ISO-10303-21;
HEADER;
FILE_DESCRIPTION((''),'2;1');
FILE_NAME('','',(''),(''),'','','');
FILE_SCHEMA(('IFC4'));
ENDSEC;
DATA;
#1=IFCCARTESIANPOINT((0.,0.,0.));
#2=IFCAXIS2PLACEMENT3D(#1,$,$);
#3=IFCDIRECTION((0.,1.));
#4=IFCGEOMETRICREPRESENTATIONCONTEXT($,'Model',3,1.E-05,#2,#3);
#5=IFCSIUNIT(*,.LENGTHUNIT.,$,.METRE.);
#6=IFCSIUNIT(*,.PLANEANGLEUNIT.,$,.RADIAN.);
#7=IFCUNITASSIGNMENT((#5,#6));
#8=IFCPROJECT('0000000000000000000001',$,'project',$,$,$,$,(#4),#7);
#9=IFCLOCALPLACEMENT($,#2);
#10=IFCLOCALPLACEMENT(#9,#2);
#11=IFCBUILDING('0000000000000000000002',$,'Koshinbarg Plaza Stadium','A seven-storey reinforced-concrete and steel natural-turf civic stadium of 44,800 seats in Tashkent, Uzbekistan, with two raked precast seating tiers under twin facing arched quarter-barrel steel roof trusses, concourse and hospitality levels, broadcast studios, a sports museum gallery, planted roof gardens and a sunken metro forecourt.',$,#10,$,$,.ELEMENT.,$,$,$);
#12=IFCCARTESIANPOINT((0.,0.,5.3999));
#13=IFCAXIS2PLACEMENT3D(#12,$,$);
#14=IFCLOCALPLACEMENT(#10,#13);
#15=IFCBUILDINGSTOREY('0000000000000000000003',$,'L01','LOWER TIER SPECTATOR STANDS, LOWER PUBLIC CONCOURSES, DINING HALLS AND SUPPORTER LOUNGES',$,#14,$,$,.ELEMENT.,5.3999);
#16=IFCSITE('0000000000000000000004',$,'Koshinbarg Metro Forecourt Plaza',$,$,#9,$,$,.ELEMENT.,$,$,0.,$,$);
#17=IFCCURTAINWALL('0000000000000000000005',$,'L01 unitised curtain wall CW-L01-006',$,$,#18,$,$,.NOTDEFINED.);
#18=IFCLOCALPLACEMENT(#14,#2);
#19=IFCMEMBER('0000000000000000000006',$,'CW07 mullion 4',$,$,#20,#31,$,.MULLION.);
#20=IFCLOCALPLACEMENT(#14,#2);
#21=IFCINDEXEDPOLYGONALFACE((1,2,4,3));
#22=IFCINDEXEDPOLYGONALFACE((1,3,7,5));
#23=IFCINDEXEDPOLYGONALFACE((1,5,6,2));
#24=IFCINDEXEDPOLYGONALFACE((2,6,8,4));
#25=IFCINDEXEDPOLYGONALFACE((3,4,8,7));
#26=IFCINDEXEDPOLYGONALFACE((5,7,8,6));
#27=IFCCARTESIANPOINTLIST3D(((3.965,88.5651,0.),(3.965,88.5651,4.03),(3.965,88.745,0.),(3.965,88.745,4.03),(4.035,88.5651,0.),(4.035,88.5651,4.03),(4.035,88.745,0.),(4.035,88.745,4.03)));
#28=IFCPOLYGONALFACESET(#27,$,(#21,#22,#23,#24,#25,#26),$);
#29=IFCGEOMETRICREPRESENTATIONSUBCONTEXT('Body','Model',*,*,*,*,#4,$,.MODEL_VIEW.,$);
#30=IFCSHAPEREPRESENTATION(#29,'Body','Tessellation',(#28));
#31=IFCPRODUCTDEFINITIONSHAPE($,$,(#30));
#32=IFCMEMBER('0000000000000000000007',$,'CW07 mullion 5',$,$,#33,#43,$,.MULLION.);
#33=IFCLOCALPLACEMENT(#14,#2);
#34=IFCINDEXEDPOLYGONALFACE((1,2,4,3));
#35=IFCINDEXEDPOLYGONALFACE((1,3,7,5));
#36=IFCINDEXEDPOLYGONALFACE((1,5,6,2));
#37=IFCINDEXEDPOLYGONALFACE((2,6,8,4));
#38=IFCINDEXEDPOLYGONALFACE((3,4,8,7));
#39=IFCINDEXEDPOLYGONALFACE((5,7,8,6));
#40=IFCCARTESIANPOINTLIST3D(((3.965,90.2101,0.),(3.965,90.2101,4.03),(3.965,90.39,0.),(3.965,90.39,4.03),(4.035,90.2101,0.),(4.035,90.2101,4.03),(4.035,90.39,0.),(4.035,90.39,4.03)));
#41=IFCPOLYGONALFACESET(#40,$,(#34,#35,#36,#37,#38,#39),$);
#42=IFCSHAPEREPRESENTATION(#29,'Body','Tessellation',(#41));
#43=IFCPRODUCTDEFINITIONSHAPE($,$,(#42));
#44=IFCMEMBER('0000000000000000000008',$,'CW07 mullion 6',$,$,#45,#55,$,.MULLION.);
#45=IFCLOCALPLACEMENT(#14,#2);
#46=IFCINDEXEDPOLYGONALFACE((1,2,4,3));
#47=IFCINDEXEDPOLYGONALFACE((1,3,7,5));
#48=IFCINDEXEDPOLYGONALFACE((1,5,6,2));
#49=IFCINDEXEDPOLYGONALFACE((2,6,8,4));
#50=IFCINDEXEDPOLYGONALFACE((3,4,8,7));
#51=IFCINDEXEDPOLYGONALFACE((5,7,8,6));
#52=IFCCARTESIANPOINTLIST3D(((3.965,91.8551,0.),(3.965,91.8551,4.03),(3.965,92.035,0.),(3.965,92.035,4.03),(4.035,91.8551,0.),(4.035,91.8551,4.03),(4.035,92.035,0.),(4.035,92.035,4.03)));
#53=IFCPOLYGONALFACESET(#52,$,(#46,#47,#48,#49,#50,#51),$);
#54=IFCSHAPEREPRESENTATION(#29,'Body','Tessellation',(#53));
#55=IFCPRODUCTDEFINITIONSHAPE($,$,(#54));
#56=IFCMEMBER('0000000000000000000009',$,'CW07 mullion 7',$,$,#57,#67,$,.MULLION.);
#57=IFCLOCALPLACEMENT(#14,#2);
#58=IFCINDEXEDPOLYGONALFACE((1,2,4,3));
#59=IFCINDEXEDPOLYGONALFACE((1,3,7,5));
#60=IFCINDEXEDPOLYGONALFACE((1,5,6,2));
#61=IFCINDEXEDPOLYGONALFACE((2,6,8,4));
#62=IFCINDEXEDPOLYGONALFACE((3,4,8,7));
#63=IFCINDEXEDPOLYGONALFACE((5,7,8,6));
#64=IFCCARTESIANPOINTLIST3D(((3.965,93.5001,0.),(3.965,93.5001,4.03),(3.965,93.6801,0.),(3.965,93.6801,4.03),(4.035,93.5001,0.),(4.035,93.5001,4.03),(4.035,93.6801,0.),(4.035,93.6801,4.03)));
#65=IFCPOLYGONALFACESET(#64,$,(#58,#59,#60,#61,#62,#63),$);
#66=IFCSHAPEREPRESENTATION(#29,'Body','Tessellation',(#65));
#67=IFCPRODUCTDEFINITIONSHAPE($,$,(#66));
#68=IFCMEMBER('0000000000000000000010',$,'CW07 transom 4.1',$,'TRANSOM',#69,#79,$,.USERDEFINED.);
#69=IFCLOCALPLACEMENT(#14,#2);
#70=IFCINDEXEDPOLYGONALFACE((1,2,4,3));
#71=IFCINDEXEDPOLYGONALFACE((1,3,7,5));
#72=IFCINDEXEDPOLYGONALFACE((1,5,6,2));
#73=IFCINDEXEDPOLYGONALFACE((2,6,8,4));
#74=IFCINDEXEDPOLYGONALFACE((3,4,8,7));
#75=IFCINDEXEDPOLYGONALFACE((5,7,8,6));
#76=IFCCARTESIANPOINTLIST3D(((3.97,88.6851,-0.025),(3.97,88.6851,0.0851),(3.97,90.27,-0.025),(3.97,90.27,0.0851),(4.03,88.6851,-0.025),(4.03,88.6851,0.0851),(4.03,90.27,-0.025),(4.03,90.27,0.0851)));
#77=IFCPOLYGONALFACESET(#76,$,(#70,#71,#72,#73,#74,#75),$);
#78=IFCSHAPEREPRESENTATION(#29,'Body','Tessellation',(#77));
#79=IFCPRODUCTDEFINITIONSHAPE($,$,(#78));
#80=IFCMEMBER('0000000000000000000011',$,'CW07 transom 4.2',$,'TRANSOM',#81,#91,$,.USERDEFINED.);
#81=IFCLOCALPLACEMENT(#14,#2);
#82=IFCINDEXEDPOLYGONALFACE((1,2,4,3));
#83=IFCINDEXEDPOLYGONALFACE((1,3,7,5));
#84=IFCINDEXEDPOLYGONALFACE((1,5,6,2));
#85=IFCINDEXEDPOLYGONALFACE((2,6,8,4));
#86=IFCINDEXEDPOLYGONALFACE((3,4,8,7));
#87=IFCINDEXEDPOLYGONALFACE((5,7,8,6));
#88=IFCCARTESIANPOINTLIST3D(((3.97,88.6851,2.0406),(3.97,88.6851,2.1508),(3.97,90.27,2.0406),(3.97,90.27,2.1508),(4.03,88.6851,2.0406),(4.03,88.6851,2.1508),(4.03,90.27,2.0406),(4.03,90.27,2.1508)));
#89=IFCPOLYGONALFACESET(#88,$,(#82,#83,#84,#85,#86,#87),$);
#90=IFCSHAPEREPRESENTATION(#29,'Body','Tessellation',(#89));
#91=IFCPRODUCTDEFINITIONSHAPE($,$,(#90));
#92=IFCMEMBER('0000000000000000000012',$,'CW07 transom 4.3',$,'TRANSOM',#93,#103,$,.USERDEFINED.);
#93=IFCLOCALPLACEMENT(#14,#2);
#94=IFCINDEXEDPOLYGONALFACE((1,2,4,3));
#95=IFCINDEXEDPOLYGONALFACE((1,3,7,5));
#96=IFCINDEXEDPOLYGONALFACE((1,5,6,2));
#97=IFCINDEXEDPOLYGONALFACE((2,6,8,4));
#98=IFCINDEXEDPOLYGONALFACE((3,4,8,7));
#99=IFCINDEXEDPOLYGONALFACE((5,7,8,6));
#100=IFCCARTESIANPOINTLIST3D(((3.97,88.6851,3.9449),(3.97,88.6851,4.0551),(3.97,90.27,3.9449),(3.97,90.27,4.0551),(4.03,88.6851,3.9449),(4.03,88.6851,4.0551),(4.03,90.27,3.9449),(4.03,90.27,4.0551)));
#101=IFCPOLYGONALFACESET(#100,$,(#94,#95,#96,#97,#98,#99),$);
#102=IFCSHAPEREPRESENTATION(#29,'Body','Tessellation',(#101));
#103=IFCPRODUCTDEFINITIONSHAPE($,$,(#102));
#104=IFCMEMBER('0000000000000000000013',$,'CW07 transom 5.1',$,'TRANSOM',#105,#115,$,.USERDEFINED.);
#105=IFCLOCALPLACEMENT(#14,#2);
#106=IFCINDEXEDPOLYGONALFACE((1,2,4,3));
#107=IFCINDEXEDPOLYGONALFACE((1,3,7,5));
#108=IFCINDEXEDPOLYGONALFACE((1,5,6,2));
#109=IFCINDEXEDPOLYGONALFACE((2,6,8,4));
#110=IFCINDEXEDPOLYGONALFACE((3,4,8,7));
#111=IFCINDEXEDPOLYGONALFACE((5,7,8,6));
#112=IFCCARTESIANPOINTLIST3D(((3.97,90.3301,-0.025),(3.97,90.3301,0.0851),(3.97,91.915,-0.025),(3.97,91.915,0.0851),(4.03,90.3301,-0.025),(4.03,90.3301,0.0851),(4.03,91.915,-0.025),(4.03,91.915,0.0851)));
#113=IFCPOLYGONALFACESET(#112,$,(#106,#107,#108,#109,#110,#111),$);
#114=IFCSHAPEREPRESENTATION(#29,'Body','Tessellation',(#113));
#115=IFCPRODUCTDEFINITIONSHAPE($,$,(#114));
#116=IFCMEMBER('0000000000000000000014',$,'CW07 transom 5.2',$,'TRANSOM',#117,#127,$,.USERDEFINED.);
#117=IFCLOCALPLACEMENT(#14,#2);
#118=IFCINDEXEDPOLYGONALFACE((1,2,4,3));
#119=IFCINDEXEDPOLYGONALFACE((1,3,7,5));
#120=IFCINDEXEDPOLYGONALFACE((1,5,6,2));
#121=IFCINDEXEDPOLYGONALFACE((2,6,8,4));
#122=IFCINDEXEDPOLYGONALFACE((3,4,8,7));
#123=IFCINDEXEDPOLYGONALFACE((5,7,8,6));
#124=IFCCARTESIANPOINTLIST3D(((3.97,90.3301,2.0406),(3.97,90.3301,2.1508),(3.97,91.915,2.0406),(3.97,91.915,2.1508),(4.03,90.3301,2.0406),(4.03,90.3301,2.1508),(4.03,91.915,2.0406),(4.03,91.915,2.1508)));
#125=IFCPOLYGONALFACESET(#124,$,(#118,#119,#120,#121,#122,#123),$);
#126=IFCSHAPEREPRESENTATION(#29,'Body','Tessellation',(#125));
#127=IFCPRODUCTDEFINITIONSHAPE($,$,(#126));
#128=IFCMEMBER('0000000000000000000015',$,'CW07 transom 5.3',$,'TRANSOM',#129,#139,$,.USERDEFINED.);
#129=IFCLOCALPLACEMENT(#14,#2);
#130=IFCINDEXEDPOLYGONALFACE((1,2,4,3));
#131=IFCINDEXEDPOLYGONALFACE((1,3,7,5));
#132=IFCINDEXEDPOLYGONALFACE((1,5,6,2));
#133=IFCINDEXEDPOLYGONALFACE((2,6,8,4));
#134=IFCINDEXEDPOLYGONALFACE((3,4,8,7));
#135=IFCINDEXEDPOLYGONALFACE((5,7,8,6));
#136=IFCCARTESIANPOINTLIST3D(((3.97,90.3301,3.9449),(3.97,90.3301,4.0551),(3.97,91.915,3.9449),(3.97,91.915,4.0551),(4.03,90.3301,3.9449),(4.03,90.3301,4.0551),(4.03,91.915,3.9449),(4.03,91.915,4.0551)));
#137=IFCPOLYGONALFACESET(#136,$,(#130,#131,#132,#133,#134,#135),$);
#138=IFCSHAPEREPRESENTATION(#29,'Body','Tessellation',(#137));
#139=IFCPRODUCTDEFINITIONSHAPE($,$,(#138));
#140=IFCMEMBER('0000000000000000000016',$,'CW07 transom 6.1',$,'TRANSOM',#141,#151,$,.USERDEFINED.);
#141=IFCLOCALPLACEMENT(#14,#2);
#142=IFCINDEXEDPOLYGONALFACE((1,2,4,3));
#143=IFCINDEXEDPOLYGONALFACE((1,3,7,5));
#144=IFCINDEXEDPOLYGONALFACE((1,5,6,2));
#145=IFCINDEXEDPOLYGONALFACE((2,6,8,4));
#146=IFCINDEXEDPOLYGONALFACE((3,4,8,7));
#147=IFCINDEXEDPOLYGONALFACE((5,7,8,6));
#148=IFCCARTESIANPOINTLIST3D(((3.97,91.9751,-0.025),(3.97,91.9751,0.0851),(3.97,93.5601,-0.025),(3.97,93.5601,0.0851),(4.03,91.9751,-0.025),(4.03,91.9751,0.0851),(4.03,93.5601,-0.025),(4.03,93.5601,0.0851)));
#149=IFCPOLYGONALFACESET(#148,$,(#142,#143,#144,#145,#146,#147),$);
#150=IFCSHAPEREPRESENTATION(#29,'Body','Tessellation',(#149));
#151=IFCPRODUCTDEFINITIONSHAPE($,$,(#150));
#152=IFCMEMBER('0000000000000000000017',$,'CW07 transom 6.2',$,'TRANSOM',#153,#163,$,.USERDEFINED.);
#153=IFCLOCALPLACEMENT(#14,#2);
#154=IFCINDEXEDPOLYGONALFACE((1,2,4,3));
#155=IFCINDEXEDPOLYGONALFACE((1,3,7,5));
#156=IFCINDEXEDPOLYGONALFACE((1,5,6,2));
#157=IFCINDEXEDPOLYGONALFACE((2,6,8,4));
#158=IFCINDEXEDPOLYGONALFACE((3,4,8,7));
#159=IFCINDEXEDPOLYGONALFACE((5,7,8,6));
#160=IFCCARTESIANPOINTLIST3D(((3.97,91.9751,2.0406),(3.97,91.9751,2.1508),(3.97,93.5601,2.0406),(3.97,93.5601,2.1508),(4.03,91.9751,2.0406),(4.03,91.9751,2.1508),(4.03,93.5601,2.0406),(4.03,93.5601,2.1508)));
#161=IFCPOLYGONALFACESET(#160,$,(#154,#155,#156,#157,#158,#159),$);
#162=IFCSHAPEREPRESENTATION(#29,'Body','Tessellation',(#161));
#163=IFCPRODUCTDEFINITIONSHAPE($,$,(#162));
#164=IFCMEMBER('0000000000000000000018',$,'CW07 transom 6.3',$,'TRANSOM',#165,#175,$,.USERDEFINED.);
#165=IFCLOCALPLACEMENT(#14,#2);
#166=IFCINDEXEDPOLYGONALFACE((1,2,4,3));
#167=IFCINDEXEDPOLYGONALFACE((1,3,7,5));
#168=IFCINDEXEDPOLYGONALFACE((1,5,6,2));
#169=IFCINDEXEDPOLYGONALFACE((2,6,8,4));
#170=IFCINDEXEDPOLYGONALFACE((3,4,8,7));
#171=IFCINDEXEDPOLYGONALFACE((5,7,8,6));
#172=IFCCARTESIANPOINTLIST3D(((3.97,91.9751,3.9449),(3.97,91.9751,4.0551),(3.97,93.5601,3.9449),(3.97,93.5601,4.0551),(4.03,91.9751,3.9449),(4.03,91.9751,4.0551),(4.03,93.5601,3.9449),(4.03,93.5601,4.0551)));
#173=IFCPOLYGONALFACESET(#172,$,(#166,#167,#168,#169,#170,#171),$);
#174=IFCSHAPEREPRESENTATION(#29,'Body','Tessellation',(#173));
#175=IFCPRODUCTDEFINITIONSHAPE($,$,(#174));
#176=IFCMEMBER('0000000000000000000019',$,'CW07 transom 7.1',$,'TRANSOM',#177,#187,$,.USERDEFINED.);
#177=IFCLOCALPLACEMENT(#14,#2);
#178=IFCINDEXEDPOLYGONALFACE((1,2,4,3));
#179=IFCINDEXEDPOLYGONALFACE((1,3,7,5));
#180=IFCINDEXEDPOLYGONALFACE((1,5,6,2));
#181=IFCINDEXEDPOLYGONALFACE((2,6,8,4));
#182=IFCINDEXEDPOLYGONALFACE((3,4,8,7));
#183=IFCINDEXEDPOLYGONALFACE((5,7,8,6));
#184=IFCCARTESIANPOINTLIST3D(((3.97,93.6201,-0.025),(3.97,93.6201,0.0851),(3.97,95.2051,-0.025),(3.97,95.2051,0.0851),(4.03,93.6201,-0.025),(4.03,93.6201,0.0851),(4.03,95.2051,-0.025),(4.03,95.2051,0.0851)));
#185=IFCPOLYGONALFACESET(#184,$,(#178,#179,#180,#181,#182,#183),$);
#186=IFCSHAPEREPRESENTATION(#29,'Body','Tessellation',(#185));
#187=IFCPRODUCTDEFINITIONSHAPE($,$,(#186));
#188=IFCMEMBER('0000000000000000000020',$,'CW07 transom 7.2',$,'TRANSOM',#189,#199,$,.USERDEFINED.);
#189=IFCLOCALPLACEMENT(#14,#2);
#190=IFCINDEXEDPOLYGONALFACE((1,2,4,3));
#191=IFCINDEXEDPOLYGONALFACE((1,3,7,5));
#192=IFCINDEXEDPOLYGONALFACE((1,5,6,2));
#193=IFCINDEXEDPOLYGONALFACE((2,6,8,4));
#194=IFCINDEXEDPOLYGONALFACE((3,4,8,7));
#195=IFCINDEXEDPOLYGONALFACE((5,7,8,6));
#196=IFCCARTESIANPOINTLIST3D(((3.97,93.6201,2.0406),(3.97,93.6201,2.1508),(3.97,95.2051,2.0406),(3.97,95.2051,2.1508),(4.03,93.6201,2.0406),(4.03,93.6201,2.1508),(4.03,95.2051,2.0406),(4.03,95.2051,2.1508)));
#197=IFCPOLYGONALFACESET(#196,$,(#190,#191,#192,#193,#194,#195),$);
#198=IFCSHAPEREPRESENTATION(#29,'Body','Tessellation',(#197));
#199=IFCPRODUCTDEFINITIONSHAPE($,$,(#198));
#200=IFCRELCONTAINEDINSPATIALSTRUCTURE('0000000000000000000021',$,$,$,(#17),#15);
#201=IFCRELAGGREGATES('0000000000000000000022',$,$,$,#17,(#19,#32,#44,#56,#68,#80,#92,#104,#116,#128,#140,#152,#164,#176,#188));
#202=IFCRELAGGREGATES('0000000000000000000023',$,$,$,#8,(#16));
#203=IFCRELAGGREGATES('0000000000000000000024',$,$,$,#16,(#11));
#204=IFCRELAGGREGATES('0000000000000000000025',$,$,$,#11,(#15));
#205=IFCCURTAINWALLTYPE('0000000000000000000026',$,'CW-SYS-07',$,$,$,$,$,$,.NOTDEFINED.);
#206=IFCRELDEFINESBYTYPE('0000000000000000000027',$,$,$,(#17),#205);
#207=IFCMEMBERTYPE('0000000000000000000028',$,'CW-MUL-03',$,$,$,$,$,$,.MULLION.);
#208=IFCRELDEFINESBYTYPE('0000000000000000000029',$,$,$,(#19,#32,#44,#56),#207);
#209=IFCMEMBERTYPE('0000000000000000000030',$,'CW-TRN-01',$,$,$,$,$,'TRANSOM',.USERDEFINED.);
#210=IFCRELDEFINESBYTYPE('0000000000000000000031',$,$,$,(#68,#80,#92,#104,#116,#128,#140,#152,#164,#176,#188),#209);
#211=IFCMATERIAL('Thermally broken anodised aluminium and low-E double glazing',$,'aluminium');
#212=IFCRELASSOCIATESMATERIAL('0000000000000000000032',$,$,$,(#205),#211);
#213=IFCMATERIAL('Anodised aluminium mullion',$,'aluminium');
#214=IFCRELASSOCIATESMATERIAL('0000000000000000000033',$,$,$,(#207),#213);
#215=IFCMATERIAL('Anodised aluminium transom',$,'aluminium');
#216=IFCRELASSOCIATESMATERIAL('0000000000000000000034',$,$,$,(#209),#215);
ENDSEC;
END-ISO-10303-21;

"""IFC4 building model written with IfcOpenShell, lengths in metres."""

from ifc_helpers import new_model, si_unit, direction, frame, origin, origin_2d, place, context, subcontext, project, spatial, rectangle, extrude, material, material_profile, profile_set, type_object, element, aggregate, save


model = new_model("IFC4")

# Units and contexts
model_context = context("Model", 3, precision=1e-05, world=origin(), true_north=direction((0.0, 1.0)))
body_context = subcontext(model_context, "Body", "Model", "MODEL_VIEW")
ifc_project = project(units=[si_unit("LENGTHUNIT", "METRE"), si_unit("PLANEANGLEUNIT", "RADIAN")], contexts=[model_context])

# Site, building, storey
site_placement = place(None, origin())
site = spatial("IfcSite", under=ifc_project, at=site_placement, Name="Koshinbarg Metro Forecourt Plaza", CompositionType="ELEMENT", RefElevation=0.0)
building_placement = place(site_placement, origin())
building = spatial("IfcBuilding", under=site, at=building_placement, Name="Koshinbarg Plaza Stadium", Description="A seven-storey reinforced-concrete and steel natural-turf civic stadium of 44,800 seats in Tashkent, Uzbekistan, with two raked precast seating tiers under twin facing arched quarter-barrel steel roof trusses, concourse and hospitality levels, broadcast studios, a sports museum gallery, planted roof gardens and a sunken metro forecourt.", CompositionType="ELEMENT")
storey_placement = place(building_placement, frame((0.0, 0.0, 5.3999)))
storey = spatial("IfcBuildingStorey", under=building, at=storey_placement, Name="L01", Description="LOWER TIER SPECTATOR STANDS, LOWER PUBLIC CONCOURSES, DINING HALLS AND SUPPORTER LOUNGES", CompositionType="ELEMENT", Elevation=5.3999)

# Curtain wall, members
ifc_material_1 = material(Name="Thermally broken anodised aluminium and low-E double glazing", Category="aluminium")
curtain_wall_type = type_object("IfcCurtainWallType", Name="CW-SYS-07", PredefinedType="NOTDEFINED", material=ifc_material_1)
curtain_wall_placement = place(storey_placement, origin())
curtain_wall = element("IfcCurtainWall", 1, at=curtain_wall_placement, inside=storey, type_object=curtain_wall_type, Name="L01 unitised curtain wall CW-L01-006", PredefinedType="NOTDEFINED")
ifc_material_2 = material(Name="Anodised aluminium mullion", Category="aluminium")
ifc_material_profile_1 = material_profile(ifc_material_2, rectangle(XDim=0.0701, YDim=0.1799, at=origin_2d()), Name="ALU 70x180")
ifc_profile_set_1 = profile_set([ifc_material_profile_1], Name="Anodised aluminium mullion")
member_type_1 = type_object("IfcMemberType", Name="CW-MUL-03", PredefinedType="MULLION", material=ifc_profile_set_1)
member_1_placement = place(storey_placement, frame((4.0, 88.655, 0.0), z_axis=(0.0, 0.0, 1.0), x_axis=(-1.0, 0.0, 0.0)))
member_1 = element("IfcMember", 2, at=member_1_placement, type_object=member_type_1, Name="CW07 mullion 4", PredefinedType="MULLION", context=body_context, shape_type="SweptSolid", body=[
    extrude(rectangle(XDim=0.0701, YDim=0.1799, at=origin_2d()), origin(), (0.0, 0.0, 1.0), 4.03),
])
member_2_placement = place(storey_placement, frame((4.0, 90.3, 0.0), z_axis=(0.0, 0.0, 1.0), x_axis=(-1.0, 0.0, 0.0)))
member_2 = element("IfcMember", 3, at=member_2_placement, type_object=member_type_1, Name="CW07 mullion 5", PredefinedType="MULLION", context=body_context, shape_type="SweptSolid", body=[
    extrude(rectangle(XDim=0.0701, YDim=0.1799, at=origin_2d()), origin(), (0.0, 0.0, 1.0), 4.03),
])
member_3_placement = place(storey_placement, frame((4.0, 91.9451, 0.0), z_axis=(0.0, 0.0, 1.0), x_axis=(-1.0, 0.0, 0.0)))
member_3 = element("IfcMember", 4, at=member_3_placement, type_object=member_type_1, Name="CW07 mullion 6", PredefinedType="MULLION", context=body_context, shape_type="SweptSolid", body=[
    extrude(rectangle(XDim=0.0701, YDim=0.1799, at=origin_2d()), origin(), (0.0, 0.0, 1.0), 4.03),
])
member_4_placement = place(storey_placement, frame((4.0, 93.5901, 0.0), z_axis=(0.0, 0.0, 1.0), x_axis=(-1.0, 0.0, 0.0)))
member_4 = element("IfcMember", 5, at=member_4_placement, type_object=member_type_1, Name="CW07 mullion 7", PredefinedType="MULLION", context=body_context, shape_type="SweptSolid", body=[
    extrude(rectangle(XDim=0.0701, YDim=0.1799, at=origin_2d()), origin(), (0.0, 0.0, 1.0), 4.03),
])
ifc_material_3 = material(Name="Anodised aluminium transom", Category="aluminium")
ifc_material_profile_2 = material_profile(ifc_material_3, rectangle(XDim=0.0601, YDim=0.1101, at=origin_2d()), Name="ALU 60x110")
ifc_profile_set_2 = profile_set([ifc_material_profile_2], Name="Anodised aluminium transom")
member_type_2 = type_object("IfcMemberType", Name="CW-TRN-01", ElementType="TRANSOM", PredefinedType="USERDEFINED", material=ifc_profile_set_2)
member_5_placement = place(storey_placement, frame((4.0, 88.6851, 0.03), z_axis=(0.0, 1.0, 0.0), x_axis=(-1.0, 0.0, 0.0)))
member_5 = element("IfcMember", 6, at=member_5_placement, type_object=member_type_2, Name="CW07 transom 4.1", ObjectType="TRANSOM", PredefinedType="USERDEFINED", context=body_context, shape_type="SweptSolid", body=[
    extrude(rectangle(XDim=0.0601, YDim=0.1101, at=origin_2d()), origin(), (0.0, 0.0, 1.0), 1.585),
])
member_6_placement = place(storey_placement, frame((4.0, 88.6851, 2.0957), z_axis=(0.0, 1.0, 0.0), x_axis=(-1.0, 0.0, 0.0)))
member_6 = element("IfcMember", 7, at=member_6_placement, type_object=member_type_2, Name="CW07 transom 4.2", ObjectType="TRANSOM", PredefinedType="USERDEFINED", context=body_context, shape_type="SweptSolid", body=[
    extrude(rectangle(XDim=0.0601, YDim=0.1101, at=origin_2d()), origin(), (0.0, 0.0, 1.0), 1.585),
])
member_7_placement = place(storey_placement, frame((4.0, 88.6851, 4.0), z_axis=(0.0, 1.0, 0.0), x_axis=(-1.0, 0.0, 0.0)))
member_7 = element("IfcMember", 8, at=member_7_placement, type_object=member_type_2, Name="CW07 transom 4.3", ObjectType="TRANSOM", PredefinedType="USERDEFINED", context=body_context, shape_type="SweptSolid", body=[
    extrude(rectangle(XDim=0.0601, YDim=0.1101, at=origin_2d()), origin(), (0.0, 0.0, 1.0), 1.585),
])
member_8_placement = place(storey_placement, frame((4.0, 90.3301, 0.03), z_axis=(0.0, 1.0, 0.0), x_axis=(-1.0, 0.0, 0.0)))
member_8 = element("IfcMember", 9, at=member_8_placement, type_object=member_type_2, Name="CW07 transom 5.1", ObjectType="TRANSOM", PredefinedType="USERDEFINED", context=body_context, shape_type="SweptSolid", body=[
    extrude(rectangle(XDim=0.0601, YDim=0.1101, at=origin_2d()), origin(), (0.0, 0.0, 1.0), 1.585),
])
member_9_placement = place(storey_placement, frame((4.0, 90.3301, 2.0957), z_axis=(0.0, 1.0, 0.0), x_axis=(-1.0, 0.0, 0.0)))
member_9 = element("IfcMember", 10, at=member_9_placement, type_object=member_type_2, Name="CW07 transom 5.2", ObjectType="TRANSOM", PredefinedType="USERDEFINED", context=body_context, shape_type="SweptSolid", body=[
    extrude(rectangle(XDim=0.0601, YDim=0.1101, at=origin_2d()), origin(), (0.0, 0.0, 1.0), 1.585),
])
member_10_placement = place(storey_placement, frame((4.0, 90.3301, 4.0), z_axis=(0.0, 1.0, 0.0), x_axis=(-1.0, 0.0, 0.0)))
member_10 = element("IfcMember", 11, at=member_10_placement, type_object=member_type_2, Name="CW07 transom 5.3", ObjectType="TRANSOM", PredefinedType="USERDEFINED", context=body_context, shape_type="SweptSolid", body=[
    extrude(rectangle(XDim=0.0601, YDim=0.1101, at=origin_2d()), origin(), (0.0, 0.0, 1.0), 1.585),
])
member_11_placement = place(storey_placement, frame((4.0, 91.9751, 0.03), z_axis=(0.0, 1.0, 0.0), x_axis=(-1.0, 0.0, 0.0)))
member_11 = element("IfcMember", 12, at=member_11_placement, type_object=member_type_2, Name="CW07 transom 6.1", ObjectType="TRANSOM", PredefinedType="USERDEFINED", context=body_context, shape_type="SweptSolid", body=[
    extrude(rectangle(XDim=0.0601, YDim=0.1101, at=origin_2d()), origin(), (0.0, 0.0, 1.0), 1.585),
])
member_12_placement = place(storey_placement, frame((4.0, 91.9751, 2.0957), z_axis=(0.0, 1.0, 0.0), x_axis=(-1.0, 0.0, 0.0)))
member_12 = element("IfcMember", 13, at=member_12_placement, type_object=member_type_2, Name="CW07 transom 6.2", ObjectType="TRANSOM", PredefinedType="USERDEFINED", context=body_context, shape_type="SweptSolid", body=[
    extrude(rectangle(XDim=0.0601, YDim=0.1101, at=origin_2d()), origin(), (0.0, 0.0, 1.0), 1.585),
])
member_13_placement = place(storey_placement, frame((4.0, 91.9751, 4.0), z_axis=(0.0, 1.0, 0.0), x_axis=(-1.0, 0.0, 0.0)))
member_13 = element("IfcMember", 14, at=member_13_placement, type_object=member_type_2, Name="CW07 transom 6.3", ObjectType="TRANSOM", PredefinedType="USERDEFINED", context=body_context, shape_type="SweptSolid", body=[
    extrude(rectangle(XDim=0.0601, YDim=0.1101, at=origin_2d()), origin(), (0.0, 0.0, 1.0), 1.585),
])
member_14_placement = place(storey_placement, frame((4.0, 93.6201, 0.03), z_axis=(0.0, 1.0, 0.0), x_axis=(-1.0, 0.0, 0.0)))
member_14 = element("IfcMember", 15, at=member_14_placement, type_object=member_type_2, Name="CW07 transom 7.1", ObjectType="TRANSOM", PredefinedType="USERDEFINED", context=body_context, shape_type="SweptSolid", body=[
    extrude(rectangle(XDim=0.0601, YDim=0.1101, at=origin_2d()), origin(), (0.0, 0.0, 1.0), 1.585),
])
member_15_placement = place(storey_placement, frame((4.0, 93.6201, 2.0957), z_axis=(0.0, 1.0, 0.0), x_axis=(-1.0, 0.0, 0.0)))
member_15 = element("IfcMember", 16, at=member_15_placement, type_object=member_type_2, Name="CW07 transom 7.2", ObjectType="TRANSOM", PredefinedType="USERDEFINED", context=body_context, shape_type="SweptSolid", body=[
    extrude(rectangle(XDim=0.0601, YDim=0.1101, at=origin_2d()), origin(), (0.0, 0.0, 1.0), 1.585),
])
aggregate(curtain_wall, [member_1, member_2, member_3, member_4, member_5, member_6, member_7, member_8, member_9, member_10, member_11, member_12, member_13, member_14, member_15])

save(model, "model.ifc")
